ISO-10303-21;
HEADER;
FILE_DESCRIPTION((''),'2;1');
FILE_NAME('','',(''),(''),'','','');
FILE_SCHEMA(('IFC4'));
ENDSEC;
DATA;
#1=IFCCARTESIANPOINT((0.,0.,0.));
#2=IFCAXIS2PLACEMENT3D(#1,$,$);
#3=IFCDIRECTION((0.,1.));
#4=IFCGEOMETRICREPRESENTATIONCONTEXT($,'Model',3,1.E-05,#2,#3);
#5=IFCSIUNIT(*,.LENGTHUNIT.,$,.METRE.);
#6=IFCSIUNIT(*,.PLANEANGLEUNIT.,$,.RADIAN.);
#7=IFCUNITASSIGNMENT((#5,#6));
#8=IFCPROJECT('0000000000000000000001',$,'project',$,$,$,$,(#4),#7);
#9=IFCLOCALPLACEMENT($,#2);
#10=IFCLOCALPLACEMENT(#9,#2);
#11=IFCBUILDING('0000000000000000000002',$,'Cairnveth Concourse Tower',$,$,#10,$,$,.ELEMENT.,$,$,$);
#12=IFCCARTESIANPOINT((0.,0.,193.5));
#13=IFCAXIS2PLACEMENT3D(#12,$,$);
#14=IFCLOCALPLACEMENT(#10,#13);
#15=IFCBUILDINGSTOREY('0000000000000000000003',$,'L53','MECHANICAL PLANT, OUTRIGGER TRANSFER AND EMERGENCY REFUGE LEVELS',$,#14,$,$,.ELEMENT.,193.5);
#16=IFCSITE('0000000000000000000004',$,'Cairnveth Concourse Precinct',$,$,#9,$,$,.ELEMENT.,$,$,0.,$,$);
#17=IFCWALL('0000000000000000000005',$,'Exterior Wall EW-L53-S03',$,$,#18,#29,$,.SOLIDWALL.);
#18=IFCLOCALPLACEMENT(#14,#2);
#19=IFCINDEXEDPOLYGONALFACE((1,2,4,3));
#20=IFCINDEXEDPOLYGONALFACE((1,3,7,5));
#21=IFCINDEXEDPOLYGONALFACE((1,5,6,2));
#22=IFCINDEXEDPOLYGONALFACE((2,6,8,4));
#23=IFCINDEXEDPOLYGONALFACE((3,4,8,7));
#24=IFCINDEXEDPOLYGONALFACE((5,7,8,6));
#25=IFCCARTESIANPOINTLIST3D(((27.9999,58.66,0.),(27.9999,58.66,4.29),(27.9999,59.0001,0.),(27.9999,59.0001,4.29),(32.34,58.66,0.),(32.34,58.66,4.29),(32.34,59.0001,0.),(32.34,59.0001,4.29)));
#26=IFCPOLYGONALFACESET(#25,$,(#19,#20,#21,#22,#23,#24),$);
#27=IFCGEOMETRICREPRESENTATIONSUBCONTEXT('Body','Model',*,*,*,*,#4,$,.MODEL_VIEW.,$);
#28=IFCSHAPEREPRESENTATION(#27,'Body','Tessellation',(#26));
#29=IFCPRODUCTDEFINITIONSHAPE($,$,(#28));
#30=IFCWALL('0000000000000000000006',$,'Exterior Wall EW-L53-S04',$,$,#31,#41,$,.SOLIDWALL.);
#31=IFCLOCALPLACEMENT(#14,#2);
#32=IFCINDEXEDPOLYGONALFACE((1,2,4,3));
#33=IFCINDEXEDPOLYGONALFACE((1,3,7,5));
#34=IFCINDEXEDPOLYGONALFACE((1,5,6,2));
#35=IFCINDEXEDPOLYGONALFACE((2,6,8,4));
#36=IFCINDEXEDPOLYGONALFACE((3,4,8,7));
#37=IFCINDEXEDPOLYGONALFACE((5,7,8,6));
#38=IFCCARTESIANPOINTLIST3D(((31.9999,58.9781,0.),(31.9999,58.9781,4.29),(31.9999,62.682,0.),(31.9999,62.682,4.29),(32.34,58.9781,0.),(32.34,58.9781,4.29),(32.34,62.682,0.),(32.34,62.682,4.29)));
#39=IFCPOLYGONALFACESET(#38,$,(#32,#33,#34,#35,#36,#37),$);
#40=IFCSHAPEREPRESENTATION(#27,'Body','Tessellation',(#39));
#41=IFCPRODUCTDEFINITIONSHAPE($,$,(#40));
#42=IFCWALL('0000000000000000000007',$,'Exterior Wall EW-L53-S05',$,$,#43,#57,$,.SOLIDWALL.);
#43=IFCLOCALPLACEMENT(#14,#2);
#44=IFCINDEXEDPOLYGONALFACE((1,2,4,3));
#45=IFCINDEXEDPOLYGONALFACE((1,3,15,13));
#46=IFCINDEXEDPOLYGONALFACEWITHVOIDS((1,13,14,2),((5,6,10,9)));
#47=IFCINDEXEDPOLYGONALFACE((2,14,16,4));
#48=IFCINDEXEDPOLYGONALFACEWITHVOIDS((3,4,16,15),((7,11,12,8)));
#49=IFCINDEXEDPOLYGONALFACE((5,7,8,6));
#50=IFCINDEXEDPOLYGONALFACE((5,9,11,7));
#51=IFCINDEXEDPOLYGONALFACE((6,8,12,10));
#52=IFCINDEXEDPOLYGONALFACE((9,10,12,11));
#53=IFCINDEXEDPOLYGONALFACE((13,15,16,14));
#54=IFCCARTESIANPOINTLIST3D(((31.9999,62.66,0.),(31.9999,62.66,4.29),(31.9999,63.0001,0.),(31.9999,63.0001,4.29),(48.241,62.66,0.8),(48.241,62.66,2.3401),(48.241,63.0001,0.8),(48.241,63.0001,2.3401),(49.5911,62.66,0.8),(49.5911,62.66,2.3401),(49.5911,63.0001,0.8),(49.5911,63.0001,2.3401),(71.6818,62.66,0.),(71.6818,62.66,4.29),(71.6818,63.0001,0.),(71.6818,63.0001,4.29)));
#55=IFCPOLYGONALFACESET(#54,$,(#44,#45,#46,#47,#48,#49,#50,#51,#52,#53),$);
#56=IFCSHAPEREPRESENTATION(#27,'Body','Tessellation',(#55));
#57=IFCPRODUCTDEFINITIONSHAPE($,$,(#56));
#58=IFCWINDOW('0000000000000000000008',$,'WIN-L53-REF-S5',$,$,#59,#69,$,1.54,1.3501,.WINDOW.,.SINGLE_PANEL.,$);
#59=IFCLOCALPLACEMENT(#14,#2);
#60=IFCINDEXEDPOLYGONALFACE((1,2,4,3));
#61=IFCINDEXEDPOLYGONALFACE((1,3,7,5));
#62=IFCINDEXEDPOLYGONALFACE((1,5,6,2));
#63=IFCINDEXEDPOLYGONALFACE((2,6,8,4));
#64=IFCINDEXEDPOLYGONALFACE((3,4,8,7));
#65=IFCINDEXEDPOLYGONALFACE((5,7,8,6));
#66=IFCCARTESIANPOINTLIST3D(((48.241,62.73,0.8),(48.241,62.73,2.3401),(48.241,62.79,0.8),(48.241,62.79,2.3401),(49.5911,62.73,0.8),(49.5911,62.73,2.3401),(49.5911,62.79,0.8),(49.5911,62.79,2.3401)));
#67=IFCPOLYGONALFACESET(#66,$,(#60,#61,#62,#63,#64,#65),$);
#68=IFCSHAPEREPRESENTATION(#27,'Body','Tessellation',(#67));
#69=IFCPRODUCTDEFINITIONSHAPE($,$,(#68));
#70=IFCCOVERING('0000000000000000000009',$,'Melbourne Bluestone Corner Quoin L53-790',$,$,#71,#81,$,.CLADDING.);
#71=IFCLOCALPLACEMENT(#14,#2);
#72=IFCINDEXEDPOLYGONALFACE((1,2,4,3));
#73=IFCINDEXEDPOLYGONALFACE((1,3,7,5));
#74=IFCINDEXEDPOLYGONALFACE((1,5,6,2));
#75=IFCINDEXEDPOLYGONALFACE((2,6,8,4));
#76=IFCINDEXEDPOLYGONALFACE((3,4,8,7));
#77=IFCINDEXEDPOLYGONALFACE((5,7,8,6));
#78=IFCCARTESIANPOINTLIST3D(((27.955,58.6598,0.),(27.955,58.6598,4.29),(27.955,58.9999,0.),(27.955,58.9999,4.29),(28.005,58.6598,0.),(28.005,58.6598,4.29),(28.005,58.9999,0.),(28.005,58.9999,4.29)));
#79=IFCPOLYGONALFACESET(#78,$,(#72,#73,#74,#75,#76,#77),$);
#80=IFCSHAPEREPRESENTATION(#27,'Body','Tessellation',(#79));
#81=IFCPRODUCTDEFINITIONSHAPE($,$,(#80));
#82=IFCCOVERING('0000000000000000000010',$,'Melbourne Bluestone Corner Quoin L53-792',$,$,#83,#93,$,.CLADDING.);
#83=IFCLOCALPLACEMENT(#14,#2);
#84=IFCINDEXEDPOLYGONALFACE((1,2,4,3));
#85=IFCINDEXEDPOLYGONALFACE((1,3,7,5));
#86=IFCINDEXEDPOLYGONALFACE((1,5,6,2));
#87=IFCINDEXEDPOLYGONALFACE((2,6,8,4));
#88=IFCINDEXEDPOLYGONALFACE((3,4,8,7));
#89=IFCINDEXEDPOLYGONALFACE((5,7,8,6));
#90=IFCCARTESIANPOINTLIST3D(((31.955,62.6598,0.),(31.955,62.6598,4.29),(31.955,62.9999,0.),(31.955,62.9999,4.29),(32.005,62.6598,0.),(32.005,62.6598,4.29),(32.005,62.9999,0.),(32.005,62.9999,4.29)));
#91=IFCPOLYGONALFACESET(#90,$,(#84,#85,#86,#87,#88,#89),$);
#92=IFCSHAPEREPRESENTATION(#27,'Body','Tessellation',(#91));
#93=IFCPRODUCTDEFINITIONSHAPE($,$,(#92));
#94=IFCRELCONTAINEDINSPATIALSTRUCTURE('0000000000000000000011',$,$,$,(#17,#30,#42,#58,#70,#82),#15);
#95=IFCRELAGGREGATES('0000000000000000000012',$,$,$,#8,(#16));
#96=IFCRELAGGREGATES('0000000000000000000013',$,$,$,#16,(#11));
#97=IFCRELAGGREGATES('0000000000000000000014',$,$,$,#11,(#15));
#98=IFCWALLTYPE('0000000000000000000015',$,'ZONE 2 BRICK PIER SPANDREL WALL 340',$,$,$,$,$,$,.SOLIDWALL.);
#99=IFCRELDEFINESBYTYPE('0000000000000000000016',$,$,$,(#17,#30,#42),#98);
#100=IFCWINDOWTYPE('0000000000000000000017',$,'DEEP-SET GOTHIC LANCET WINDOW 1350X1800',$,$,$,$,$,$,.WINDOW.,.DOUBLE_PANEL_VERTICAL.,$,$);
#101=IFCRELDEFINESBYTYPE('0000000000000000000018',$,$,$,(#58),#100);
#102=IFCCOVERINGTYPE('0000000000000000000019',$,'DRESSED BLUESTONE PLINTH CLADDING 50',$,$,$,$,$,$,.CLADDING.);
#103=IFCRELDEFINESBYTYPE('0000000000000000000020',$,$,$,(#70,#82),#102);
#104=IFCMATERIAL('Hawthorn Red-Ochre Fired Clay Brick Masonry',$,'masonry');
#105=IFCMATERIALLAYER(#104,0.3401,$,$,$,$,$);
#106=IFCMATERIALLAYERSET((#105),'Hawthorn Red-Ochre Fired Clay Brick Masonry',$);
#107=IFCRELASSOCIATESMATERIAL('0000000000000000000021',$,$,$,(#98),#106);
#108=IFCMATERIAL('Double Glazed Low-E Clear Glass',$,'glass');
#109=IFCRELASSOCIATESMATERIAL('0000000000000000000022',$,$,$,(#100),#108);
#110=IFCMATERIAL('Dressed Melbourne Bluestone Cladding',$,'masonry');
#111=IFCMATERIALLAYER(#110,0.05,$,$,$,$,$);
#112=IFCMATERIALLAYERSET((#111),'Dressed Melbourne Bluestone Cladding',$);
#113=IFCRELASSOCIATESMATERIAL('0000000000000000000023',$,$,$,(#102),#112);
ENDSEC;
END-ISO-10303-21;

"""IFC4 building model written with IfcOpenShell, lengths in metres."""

from ifc_helpers import new_model, si_unit, direction, frame, frame_2d, origin, place, context, subcontext, project, spatial, rectangle, extrude, material, layer, layer_set, type_object, element, fill, save


model = new_model("IFC4")

# Units and contexts
model_context = context("Model", 3, precision=1e-05, world=origin(), true_north=direction((0.0, 1.0)))
body_context = subcontext(model_context, "Body", "Model", "MODEL_VIEW")
ifc_project = project(units=[si_unit("LENGTHUNIT", "METRE"), si_unit("PLANEANGLEUNIT", "RADIAN")], contexts=[model_context])

# Site, building, storey
site_placement = place(None, origin())
site = spatial("IfcSite", under=ifc_project, at=site_placement, Name="Cairnveth Concourse Precinct", CompositionType="ELEMENT", RefElevation=0.0)
building_placement = place(site_placement, origin())
building = spatial("IfcBuilding", under=site, at=building_placement, Name="Cairnveth Concourse Tower", CompositionType="ELEMENT")
storey_placement = place(building_placement, frame((0.0, 0.0, 193.5)))
storey = spatial("IfcBuildingStorey", under=building, at=storey_placement, Name="L53", Description="MECHANICAL PLANT, OUTRIGGER TRANSFER AND EMERGENCY REFUGE LEVELS", CompositionType="ELEMENT", Elevation=193.5)

# Walls
ifc_material_1 = material(Name="Hawthorn Red-Ochre Fired Clay Brick Masonry", Category="masonry")
ifc_layer_1 = layer(ifc_material_1, 0.3401)
ifc_layer_set_1 = layer_set([ifc_layer_1], Name="Hawthorn Red-Ochre Fired Clay Brick Masonry")
wall_type_1 = type_object("IfcWallType", Name="ZONE 2 BRICK PIER SPANDREL WALL 340", PredefinedType="SOLIDWALL", material=ifc_layer_set_1)
wall_1_placement = place(storey_placement, frame((28.0, 58.8301, 0.0), z_axis=(0.0, 0.0, 1.0), x_axis=(1.0, 0.0, 0.0)))
element("IfcWall", 1, at=wall_1_placement, inside=storey, type_object=wall_type_1, Name="Exterior Wall EW-L53-S03", PredefinedType="SOLIDWALL", context=body_context, shape_type="SweptSolid", body=[
    extrude(rectangle(XDim=4.3401, YDim=0.3401, at=frame_2d((2.1699, 0.0))), origin(), (0.0, 0.0, 1.0), 4.29),
])
wall_2_placement = place(storey_placement, frame((32.1699, 58.978, 0.0), z_axis=(0.0, 0.0, 1.0), x_axis=(0.0, 1.0, 0.0)))
element("IfcWall", 2, at=wall_2_placement, inside=storey, type_object=wall_type_1, Name="Exterior Wall EW-L53-S04", PredefinedType="SOLIDWALL", context=body_context, shape_type="SweptSolid", body=[
    extrude(rectangle(XDim=3.7039, YDim=0.3401, at=frame_2d((1.8521, 0.0))), origin(), (0.0, 0.0, 1.0), 4.29),
])

# Wall, opening, window
wall_3_placement = place(storey_placement, frame((32.0, 62.8301, 0.0), z_axis=(0.0, 0.0, 1.0), x_axis=(1.0, 0.0, 0.0)))
wall_3 = element("IfcWall", 3, at=wall_3_placement, inside=storey, type_object=wall_type_1, Name="Exterior Wall EW-L53-S05", PredefinedType="SOLIDWALL", context=body_context, shape_type="SweptSolid", body=[
    extrude(rectangle(XDim=39.6819, YDim=0.3401, at=frame_2d((19.8408, 0.0))), origin(), (0.0, 0.0, 1.0), 4.29),
])
opening_placement = place(wall_3_placement, frame((16.241, 0.0, 0.8)))
opening = element("IfcOpeningElement", 4, at=opening_placement, cuts=wall_3, PredefinedType="OPENING", context=body_context, shape_type="SweptSolid", body=[
    extrude(rectangle(XDim=1.3501, YDim=1.54, at=frame_2d((0.675, 0.77))), frame((0.0, 0.1799, 0.0), z_axis=(0.0, -1.0, 0.0), x_axis=(1.0, 0.0, 0.0)), (0.0, 0.0, 1.0), 0.3601),
])
ifc_material_2 = material(Name="Double Glazed Low-E Clear Glass", Category="glass")
window_type = type_object("IfcWindowType", Name="DEEP-SET GOTHIC LANCET WINDOW 1350X1800", PartitioningType="DOUBLE_PANEL_VERTICAL", PredefinedType="WINDOW", material=ifc_material_2)
window_placement = place(opening_placement, origin())
window = element("IfcWindow", 5, at=window_placement, inside=storey, type_object=window_type, Name="WIN-L53-REF-S5", OverallHeight=1.54, OverallWidth=1.3501, PartitioningType="SINGLE_PANEL", PredefinedType="WINDOW", context=body_context, shape_type="SweptSolid", body=[
    extrude(rectangle(XDim=1.3501, YDim=1.54, at=frame_2d((0.675, 0.77))), frame((0.0, -0.04, 0.0), z_axis=(0.0, -1.0, 0.0), x_axis=(1.0, 0.0, 0.0)), (0.0, 0.0, 1.0), 0.0601),
])
fill(opening, window)

# Coverings
ifc_material_3 = material(Name="Dressed Melbourne Bluestone Cladding", Category="masonry")
ifc_layer_2 = layer(ifc_material_3, 0.05)
ifc_layer_set_2 = layer_set([ifc_layer_2], Name="Dressed Melbourne Bluestone Cladding")
covering_type = type_object("IfcCoveringType", Name="DRESSED BLUESTONE PLINTH CLADDING 50", PredefinedType="CLADDING", material=ifc_layer_set_2)
for number, where, z_axis, x_axis, name in (
    (6, (27.98, 58.6599, 0.0), (0.0, 0.0, 1.0), (0.0, 1.0, 0.0), "Melbourne Bluestone Corner Quoin L53-790"),
    (7, (31.98, 62.6599, 0.0), (0.0, 0.0, 1.0), (0.0, 1.0, 0.0), "Melbourne Bluestone Corner Quoin L53-792"),
):
    element("IfcCovering", number, at=place(storey_placement, frame(where, z_axis=z_axis, x_axis=x_axis)), inside=storey, type_object=covering_type, Name=name, PredefinedType="CLADDING", context=body_context, shape_type="SweptSolid", body=[
        extrude(rectangle(XDim=0.3401, YDim=0.05, at=frame_2d((0.1699, 0.0))), origin(), (0.0, 0.0, 1.0), 4.29),
    ])

save(model, "model.ifc")
